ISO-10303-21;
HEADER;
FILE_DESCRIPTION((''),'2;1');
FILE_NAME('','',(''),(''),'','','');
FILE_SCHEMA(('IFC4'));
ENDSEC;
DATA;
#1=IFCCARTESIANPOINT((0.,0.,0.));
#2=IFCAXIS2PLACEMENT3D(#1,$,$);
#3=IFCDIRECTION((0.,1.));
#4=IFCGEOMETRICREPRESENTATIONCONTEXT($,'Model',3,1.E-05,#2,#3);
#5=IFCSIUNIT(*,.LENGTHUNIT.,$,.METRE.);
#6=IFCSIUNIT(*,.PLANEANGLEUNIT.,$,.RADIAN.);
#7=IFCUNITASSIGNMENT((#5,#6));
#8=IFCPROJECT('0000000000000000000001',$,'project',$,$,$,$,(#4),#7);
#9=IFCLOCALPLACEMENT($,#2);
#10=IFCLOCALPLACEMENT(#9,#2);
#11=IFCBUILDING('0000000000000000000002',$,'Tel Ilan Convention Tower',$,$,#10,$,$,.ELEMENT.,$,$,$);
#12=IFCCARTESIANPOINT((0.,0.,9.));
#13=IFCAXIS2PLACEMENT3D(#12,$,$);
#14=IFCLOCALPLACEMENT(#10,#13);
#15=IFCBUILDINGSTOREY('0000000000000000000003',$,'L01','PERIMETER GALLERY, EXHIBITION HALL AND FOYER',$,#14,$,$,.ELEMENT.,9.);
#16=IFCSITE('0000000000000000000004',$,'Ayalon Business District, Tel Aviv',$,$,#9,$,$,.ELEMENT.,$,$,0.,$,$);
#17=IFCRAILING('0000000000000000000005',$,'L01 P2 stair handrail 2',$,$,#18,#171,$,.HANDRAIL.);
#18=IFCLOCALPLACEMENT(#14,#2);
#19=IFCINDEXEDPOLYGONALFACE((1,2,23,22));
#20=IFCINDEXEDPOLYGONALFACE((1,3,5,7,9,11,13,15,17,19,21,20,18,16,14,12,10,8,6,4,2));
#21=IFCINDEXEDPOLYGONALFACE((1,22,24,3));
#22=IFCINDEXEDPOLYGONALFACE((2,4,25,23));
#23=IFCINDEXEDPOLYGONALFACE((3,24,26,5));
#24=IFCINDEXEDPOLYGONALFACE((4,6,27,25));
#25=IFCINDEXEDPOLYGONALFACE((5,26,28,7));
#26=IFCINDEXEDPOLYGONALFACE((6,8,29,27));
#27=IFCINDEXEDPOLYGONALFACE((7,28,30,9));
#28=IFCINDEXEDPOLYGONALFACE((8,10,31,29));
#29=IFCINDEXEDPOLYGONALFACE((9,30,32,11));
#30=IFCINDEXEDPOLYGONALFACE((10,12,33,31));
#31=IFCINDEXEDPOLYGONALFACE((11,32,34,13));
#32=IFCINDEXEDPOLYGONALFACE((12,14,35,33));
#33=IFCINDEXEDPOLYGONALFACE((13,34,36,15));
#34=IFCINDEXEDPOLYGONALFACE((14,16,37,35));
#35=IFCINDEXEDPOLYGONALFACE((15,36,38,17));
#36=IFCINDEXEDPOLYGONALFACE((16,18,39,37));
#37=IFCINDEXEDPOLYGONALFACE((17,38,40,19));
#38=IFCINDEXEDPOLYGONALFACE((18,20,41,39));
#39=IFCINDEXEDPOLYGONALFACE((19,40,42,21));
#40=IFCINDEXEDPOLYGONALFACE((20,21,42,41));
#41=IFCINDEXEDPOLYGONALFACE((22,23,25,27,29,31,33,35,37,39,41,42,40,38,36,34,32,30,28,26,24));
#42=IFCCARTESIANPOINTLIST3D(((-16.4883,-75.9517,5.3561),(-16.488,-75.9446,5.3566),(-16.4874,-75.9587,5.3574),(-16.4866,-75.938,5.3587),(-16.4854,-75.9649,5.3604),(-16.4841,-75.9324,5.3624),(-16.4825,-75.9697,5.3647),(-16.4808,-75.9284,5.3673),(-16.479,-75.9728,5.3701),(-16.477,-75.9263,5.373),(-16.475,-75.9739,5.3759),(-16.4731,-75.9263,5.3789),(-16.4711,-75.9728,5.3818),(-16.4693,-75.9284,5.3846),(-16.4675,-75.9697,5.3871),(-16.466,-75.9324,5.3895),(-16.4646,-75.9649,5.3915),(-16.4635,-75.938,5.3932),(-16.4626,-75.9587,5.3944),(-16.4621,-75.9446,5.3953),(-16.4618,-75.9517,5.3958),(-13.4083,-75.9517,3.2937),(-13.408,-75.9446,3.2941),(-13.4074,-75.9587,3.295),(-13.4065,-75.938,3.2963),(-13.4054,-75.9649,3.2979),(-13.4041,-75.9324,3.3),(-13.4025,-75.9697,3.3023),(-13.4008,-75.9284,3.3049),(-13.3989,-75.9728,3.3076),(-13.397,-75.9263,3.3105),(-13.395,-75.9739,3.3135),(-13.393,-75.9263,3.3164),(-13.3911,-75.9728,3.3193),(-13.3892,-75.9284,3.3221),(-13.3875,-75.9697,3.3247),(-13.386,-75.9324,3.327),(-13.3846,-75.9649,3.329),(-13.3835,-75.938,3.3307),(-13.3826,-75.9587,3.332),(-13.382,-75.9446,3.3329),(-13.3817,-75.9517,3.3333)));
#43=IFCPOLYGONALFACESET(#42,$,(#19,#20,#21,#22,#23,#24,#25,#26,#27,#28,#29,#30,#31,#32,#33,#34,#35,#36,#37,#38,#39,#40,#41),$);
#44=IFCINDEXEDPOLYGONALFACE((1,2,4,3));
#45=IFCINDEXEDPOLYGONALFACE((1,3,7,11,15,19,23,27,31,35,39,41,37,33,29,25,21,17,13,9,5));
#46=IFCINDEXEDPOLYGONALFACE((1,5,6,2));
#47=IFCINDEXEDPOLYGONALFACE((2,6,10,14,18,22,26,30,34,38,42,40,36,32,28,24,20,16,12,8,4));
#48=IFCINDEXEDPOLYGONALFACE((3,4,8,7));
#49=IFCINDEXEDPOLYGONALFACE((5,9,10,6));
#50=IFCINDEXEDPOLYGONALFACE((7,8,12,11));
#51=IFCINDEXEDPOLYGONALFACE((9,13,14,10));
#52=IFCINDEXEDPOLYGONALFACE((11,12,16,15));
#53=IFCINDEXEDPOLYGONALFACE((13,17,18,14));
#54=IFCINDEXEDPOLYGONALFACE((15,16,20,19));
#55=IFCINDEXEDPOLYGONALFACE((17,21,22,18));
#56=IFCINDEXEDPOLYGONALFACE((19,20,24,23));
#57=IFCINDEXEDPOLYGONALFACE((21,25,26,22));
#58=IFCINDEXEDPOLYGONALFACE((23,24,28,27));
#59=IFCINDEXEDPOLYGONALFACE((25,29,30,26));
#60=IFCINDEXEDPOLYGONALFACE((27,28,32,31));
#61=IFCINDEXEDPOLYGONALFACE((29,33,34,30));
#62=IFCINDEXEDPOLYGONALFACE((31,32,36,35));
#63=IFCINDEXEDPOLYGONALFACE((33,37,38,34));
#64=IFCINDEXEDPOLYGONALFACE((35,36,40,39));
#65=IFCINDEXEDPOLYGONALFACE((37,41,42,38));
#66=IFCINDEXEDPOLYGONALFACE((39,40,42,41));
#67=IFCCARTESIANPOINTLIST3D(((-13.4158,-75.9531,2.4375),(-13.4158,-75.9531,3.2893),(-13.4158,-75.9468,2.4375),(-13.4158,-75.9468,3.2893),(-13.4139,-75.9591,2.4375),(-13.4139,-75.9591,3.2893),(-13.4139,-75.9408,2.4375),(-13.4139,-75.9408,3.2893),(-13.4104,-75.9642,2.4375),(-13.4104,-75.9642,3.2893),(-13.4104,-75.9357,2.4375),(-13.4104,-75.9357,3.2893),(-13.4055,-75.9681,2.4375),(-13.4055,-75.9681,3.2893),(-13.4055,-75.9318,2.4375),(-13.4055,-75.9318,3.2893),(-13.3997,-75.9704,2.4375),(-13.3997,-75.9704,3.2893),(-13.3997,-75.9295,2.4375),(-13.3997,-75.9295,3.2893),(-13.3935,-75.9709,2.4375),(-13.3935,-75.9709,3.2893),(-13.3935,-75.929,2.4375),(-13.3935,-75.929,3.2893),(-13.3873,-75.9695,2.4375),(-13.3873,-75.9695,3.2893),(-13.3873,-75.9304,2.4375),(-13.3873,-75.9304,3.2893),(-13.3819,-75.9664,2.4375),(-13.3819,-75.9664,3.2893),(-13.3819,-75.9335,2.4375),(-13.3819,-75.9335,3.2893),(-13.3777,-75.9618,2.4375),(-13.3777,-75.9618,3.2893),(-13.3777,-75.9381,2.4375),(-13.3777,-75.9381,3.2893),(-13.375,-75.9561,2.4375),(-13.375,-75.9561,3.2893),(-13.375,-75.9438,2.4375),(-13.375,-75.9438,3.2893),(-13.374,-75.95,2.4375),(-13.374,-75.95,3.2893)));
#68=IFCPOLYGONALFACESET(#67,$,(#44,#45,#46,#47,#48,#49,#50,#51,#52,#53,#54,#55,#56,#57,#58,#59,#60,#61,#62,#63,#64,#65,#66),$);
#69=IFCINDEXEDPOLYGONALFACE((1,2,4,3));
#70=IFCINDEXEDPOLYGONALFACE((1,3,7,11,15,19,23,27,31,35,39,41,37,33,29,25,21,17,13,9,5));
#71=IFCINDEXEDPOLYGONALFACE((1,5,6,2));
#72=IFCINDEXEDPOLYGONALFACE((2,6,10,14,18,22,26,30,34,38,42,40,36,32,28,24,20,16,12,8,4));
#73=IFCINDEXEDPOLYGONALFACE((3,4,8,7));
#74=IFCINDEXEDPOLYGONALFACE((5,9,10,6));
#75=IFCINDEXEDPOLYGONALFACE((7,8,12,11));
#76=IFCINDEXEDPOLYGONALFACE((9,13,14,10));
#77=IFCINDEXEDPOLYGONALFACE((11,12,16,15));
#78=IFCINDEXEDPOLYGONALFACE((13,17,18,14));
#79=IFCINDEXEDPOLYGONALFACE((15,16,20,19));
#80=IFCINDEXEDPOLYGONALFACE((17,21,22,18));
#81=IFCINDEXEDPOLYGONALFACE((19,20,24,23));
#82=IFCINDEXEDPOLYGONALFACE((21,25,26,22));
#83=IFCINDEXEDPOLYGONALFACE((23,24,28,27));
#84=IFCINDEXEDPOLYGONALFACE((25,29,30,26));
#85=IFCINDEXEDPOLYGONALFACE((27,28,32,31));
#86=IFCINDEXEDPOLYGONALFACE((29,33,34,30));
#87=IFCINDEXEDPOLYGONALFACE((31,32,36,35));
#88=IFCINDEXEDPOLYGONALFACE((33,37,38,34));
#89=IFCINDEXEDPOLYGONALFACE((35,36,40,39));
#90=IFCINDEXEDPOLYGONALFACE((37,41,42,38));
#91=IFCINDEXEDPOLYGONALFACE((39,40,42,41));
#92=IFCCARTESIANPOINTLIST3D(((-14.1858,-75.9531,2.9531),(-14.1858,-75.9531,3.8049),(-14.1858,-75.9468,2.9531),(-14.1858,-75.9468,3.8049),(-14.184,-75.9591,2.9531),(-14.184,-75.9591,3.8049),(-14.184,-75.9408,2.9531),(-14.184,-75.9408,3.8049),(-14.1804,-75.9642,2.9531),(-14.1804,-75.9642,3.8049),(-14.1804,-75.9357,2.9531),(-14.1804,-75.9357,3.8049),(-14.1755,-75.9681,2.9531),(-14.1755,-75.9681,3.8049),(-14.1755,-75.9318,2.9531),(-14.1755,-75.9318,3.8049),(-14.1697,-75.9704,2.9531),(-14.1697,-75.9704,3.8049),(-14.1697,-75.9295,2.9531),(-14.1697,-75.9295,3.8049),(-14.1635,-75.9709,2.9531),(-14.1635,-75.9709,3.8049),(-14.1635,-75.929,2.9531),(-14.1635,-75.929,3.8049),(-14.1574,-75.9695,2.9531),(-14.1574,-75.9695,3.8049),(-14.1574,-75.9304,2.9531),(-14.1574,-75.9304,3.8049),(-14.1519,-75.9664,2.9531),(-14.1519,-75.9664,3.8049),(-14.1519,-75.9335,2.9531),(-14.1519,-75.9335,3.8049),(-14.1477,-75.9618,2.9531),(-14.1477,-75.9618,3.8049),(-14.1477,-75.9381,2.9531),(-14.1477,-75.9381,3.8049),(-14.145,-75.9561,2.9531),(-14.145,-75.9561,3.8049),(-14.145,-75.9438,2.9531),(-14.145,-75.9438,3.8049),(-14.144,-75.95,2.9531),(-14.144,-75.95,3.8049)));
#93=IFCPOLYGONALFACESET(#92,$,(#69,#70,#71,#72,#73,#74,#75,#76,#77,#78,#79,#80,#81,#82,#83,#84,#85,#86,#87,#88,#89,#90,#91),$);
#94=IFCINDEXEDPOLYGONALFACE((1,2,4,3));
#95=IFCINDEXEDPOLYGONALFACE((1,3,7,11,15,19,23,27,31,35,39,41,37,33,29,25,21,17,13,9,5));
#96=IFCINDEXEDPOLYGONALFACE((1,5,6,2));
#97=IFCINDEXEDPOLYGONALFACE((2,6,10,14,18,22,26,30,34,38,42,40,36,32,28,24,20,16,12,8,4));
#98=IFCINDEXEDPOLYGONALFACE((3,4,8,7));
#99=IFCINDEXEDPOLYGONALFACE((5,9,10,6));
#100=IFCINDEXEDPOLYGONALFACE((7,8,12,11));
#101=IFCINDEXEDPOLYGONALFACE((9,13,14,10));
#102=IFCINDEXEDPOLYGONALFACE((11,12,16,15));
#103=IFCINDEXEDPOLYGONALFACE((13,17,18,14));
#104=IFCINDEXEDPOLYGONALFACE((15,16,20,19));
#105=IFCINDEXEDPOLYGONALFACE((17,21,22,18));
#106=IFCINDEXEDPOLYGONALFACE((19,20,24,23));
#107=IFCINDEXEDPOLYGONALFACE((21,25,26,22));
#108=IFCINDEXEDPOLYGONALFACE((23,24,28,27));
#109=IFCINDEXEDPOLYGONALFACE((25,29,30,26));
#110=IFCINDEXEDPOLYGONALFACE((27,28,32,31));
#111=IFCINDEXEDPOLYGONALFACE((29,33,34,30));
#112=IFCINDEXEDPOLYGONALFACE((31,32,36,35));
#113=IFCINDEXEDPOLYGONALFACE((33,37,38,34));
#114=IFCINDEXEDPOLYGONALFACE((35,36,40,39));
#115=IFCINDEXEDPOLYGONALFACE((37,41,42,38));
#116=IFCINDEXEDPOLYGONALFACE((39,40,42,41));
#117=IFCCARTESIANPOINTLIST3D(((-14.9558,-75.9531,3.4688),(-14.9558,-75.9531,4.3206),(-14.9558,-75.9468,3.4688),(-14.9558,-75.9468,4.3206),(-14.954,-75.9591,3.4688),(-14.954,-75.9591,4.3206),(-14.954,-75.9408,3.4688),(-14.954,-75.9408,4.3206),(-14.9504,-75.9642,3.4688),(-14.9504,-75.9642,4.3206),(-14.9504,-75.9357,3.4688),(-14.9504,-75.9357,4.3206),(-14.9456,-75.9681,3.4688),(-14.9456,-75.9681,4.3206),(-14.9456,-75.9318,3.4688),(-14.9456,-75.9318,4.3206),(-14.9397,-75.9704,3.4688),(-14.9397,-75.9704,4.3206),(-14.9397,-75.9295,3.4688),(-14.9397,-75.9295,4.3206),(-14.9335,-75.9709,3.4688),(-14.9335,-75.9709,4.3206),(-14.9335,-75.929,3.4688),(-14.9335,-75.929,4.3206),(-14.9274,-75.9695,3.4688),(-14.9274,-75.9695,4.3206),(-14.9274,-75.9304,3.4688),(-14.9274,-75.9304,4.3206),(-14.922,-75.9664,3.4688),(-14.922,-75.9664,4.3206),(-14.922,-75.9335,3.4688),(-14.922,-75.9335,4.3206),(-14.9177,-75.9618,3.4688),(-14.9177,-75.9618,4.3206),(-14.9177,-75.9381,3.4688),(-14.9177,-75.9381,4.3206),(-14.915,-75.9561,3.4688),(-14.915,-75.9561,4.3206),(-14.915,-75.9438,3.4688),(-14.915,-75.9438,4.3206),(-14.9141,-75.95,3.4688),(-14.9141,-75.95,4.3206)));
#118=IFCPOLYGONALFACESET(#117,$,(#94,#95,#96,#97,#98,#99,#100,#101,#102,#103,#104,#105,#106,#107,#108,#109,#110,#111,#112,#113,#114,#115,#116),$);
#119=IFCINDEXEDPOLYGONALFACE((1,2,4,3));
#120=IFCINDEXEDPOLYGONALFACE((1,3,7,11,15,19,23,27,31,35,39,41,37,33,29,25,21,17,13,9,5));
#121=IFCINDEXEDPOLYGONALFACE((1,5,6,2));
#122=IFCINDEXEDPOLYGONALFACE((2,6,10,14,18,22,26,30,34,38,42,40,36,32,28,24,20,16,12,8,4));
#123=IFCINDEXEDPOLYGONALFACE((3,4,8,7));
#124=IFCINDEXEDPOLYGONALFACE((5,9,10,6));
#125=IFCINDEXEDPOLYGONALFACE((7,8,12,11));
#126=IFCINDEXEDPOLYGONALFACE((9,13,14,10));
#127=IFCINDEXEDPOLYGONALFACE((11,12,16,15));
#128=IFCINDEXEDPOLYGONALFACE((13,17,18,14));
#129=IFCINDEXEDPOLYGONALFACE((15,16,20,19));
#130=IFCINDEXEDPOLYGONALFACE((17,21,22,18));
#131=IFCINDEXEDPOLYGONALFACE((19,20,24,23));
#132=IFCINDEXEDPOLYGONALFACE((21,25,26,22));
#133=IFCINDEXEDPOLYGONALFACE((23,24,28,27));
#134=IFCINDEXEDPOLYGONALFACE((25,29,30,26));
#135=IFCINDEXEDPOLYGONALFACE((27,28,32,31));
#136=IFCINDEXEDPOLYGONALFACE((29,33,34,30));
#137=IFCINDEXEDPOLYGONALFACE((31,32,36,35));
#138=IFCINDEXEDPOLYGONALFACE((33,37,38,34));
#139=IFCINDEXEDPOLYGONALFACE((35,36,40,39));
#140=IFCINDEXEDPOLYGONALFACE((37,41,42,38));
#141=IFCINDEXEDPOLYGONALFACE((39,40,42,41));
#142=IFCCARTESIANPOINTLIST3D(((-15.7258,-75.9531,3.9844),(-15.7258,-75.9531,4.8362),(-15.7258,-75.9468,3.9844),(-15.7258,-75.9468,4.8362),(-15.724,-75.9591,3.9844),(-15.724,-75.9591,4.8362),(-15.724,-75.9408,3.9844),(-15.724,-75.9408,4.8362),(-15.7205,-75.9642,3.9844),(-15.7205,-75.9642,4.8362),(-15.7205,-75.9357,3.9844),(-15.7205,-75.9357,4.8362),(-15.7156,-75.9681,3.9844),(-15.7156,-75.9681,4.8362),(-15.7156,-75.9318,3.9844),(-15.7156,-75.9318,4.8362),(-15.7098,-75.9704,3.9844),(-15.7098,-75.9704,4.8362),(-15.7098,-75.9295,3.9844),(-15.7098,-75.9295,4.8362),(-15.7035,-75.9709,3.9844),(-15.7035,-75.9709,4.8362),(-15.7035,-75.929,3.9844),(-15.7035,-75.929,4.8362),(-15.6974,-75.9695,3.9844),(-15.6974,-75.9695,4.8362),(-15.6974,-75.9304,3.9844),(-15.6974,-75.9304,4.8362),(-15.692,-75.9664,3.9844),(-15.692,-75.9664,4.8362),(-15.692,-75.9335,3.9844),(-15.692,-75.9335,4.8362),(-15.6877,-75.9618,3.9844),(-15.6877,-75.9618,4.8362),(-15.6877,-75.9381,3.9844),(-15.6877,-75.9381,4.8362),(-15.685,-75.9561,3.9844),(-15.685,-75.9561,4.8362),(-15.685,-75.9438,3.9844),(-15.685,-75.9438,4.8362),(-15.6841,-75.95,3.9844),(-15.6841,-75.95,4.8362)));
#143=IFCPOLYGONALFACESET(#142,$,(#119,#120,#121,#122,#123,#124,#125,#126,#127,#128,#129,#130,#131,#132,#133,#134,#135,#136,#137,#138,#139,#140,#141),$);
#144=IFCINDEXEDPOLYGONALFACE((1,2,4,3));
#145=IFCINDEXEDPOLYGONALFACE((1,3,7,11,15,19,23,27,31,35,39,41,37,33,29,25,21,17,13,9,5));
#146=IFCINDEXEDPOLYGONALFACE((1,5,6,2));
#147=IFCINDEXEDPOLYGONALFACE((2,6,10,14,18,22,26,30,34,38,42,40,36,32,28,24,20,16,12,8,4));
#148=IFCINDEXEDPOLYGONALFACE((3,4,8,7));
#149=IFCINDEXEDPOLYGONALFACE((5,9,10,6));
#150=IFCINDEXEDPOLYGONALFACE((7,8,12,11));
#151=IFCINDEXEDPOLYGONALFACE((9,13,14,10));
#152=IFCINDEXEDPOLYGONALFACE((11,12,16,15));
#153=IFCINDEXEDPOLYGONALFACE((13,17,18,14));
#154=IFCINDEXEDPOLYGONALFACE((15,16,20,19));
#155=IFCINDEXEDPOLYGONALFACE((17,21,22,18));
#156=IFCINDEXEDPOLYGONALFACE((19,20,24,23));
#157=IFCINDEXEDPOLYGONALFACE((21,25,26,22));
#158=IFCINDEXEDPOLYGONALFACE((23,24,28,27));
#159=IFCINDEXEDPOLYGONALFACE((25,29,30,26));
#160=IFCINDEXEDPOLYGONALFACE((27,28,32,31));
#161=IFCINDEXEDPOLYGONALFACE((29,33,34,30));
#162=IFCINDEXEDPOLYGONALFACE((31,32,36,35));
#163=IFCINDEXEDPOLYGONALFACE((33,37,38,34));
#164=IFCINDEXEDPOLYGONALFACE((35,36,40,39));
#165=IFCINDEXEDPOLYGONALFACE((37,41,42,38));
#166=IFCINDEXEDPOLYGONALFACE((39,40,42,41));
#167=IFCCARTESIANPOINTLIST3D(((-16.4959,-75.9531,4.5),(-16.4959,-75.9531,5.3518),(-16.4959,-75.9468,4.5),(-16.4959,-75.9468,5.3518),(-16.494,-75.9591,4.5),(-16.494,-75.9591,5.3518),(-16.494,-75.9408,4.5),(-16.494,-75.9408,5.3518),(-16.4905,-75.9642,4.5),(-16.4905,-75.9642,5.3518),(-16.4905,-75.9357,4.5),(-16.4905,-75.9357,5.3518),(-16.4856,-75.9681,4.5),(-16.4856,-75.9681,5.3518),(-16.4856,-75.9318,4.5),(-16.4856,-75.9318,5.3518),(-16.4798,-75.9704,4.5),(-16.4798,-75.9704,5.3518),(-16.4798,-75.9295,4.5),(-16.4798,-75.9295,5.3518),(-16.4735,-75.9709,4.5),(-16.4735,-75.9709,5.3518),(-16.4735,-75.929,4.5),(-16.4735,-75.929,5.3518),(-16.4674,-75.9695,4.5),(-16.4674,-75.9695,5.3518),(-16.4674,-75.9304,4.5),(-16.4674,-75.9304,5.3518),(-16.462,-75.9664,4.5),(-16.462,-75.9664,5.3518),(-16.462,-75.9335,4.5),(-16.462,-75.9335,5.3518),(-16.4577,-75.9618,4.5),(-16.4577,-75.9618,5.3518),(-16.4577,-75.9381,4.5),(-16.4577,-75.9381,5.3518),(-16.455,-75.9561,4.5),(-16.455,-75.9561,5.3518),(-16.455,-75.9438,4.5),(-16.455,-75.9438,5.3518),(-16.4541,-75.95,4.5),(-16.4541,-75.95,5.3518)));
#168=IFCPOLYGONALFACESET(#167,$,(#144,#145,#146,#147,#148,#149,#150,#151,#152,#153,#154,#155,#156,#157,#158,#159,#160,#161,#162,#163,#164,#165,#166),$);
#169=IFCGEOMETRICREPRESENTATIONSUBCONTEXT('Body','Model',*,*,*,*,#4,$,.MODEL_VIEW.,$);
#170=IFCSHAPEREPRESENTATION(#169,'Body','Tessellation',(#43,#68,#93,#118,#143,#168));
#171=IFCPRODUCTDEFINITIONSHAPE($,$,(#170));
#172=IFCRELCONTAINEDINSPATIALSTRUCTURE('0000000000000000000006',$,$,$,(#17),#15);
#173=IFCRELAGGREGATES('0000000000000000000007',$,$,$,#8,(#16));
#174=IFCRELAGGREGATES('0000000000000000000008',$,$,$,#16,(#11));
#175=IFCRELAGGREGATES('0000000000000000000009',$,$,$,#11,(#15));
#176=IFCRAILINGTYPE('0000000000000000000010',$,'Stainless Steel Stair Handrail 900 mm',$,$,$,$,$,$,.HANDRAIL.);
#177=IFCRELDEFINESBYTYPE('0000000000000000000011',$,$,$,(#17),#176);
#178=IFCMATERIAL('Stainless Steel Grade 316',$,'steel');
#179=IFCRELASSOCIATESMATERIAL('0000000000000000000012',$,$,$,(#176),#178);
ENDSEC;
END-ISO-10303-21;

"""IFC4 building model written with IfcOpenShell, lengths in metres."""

from ifc_helpers import new_model, si_unit, direction, frame, origin, origin_2d, place, context, subcontext, project, spatial, circle, extrude, material, type_object, element, save


model = new_model("IFC4")

# Units and contexts
model_context = context("Model", 3, precision=1e-05, world=origin(), true_north=direction((0.0, 1.0)))
body_context = subcontext(model_context, "Body", "Model", "MODEL_VIEW")
ifc_project = project(units=[si_unit("LENGTHUNIT", "METRE"), si_unit("PLANEANGLEUNIT", "RADIAN")], contexts=[model_context])

# Site, building, storey
site_placement = place(None, origin())
site = spatial("IfcSite", under=ifc_project, at=site_placement, Name="Ayalon Business District, Tel Aviv", CompositionType="ELEMENT", RefElevation=0.0)
building_placement = place(site_placement, origin())
building = spatial("IfcBuilding", under=site, at=building_placement, Name="Tel Ilan Convention Tower", CompositionType="ELEMENT")
storey_placement = place(building_placement, frame((0.0, 0.0, 9.0)))
storey = spatial("IfcBuildingStorey", under=building, at=storey_placement, Name="L01", Description="PERIMETER GALLERY, EXHIBITION HALL AND FOYER", CompositionType="ELEMENT", Elevation=9.0)

# Railing
ifc_material_1 = material(Name="Stainless Steel Grade 316", Category="steel")
railing_type_1 = type_object("IfcRailingType", Name="Stainless Steel Stair Handrail 900 mm", PredefinedType="HANDRAIL", material=ifc_material_1)
for number, where, name in (
    (1, (-13.395, -75.95, 2.4375), "L01 P2 stair handrail 2"),
):
    element("IfcRailing", number, at=place(storey_placement, frame(where)), inside=storey, type_object=railing_type_1, Name=name, PredefinedType="HANDRAIL", context=body_context, shape_type="SweptSolid", body=[
        extrude(circle(Radius=0.0239, at=origin_2d()), frame((0.0, 0.0, 0.876), z_axis=(-0.830914, 0.0, 0.556401), x_axis=(0.0, -1.0, 0.0)), (0.0, 0.0, 1.0), 3.7068),
        extrude(circle(Radius=0.021, at=origin_2d()), origin(), (0.0, 0.0, 1.0), 0.8518),
        extrude(circle(Radius=0.021, at=origin_2d()), frame((-0.77, 0.0, 0.5156)), (0.0, 0.0, 1.0), 0.8518),
        extrude(circle(Radius=0.021, at=origin_2d()), frame((-1.54, 0.0, 1.0312)), (0.0, 0.0, 1.0), 0.8518),
        extrude(circle(Radius=0.021, at=origin_2d()), frame((-2.3101, 0.0, 1.5469)), (0.0, 0.0, 1.0), 0.8518),
        extrude(circle(Radius=0.021, at=origin_2d()), frame((-3.0801, 0.0, 2.0625)), (0.0, 0.0, 1.0), 0.8518),
    ])

save(model, "model.ifc")
